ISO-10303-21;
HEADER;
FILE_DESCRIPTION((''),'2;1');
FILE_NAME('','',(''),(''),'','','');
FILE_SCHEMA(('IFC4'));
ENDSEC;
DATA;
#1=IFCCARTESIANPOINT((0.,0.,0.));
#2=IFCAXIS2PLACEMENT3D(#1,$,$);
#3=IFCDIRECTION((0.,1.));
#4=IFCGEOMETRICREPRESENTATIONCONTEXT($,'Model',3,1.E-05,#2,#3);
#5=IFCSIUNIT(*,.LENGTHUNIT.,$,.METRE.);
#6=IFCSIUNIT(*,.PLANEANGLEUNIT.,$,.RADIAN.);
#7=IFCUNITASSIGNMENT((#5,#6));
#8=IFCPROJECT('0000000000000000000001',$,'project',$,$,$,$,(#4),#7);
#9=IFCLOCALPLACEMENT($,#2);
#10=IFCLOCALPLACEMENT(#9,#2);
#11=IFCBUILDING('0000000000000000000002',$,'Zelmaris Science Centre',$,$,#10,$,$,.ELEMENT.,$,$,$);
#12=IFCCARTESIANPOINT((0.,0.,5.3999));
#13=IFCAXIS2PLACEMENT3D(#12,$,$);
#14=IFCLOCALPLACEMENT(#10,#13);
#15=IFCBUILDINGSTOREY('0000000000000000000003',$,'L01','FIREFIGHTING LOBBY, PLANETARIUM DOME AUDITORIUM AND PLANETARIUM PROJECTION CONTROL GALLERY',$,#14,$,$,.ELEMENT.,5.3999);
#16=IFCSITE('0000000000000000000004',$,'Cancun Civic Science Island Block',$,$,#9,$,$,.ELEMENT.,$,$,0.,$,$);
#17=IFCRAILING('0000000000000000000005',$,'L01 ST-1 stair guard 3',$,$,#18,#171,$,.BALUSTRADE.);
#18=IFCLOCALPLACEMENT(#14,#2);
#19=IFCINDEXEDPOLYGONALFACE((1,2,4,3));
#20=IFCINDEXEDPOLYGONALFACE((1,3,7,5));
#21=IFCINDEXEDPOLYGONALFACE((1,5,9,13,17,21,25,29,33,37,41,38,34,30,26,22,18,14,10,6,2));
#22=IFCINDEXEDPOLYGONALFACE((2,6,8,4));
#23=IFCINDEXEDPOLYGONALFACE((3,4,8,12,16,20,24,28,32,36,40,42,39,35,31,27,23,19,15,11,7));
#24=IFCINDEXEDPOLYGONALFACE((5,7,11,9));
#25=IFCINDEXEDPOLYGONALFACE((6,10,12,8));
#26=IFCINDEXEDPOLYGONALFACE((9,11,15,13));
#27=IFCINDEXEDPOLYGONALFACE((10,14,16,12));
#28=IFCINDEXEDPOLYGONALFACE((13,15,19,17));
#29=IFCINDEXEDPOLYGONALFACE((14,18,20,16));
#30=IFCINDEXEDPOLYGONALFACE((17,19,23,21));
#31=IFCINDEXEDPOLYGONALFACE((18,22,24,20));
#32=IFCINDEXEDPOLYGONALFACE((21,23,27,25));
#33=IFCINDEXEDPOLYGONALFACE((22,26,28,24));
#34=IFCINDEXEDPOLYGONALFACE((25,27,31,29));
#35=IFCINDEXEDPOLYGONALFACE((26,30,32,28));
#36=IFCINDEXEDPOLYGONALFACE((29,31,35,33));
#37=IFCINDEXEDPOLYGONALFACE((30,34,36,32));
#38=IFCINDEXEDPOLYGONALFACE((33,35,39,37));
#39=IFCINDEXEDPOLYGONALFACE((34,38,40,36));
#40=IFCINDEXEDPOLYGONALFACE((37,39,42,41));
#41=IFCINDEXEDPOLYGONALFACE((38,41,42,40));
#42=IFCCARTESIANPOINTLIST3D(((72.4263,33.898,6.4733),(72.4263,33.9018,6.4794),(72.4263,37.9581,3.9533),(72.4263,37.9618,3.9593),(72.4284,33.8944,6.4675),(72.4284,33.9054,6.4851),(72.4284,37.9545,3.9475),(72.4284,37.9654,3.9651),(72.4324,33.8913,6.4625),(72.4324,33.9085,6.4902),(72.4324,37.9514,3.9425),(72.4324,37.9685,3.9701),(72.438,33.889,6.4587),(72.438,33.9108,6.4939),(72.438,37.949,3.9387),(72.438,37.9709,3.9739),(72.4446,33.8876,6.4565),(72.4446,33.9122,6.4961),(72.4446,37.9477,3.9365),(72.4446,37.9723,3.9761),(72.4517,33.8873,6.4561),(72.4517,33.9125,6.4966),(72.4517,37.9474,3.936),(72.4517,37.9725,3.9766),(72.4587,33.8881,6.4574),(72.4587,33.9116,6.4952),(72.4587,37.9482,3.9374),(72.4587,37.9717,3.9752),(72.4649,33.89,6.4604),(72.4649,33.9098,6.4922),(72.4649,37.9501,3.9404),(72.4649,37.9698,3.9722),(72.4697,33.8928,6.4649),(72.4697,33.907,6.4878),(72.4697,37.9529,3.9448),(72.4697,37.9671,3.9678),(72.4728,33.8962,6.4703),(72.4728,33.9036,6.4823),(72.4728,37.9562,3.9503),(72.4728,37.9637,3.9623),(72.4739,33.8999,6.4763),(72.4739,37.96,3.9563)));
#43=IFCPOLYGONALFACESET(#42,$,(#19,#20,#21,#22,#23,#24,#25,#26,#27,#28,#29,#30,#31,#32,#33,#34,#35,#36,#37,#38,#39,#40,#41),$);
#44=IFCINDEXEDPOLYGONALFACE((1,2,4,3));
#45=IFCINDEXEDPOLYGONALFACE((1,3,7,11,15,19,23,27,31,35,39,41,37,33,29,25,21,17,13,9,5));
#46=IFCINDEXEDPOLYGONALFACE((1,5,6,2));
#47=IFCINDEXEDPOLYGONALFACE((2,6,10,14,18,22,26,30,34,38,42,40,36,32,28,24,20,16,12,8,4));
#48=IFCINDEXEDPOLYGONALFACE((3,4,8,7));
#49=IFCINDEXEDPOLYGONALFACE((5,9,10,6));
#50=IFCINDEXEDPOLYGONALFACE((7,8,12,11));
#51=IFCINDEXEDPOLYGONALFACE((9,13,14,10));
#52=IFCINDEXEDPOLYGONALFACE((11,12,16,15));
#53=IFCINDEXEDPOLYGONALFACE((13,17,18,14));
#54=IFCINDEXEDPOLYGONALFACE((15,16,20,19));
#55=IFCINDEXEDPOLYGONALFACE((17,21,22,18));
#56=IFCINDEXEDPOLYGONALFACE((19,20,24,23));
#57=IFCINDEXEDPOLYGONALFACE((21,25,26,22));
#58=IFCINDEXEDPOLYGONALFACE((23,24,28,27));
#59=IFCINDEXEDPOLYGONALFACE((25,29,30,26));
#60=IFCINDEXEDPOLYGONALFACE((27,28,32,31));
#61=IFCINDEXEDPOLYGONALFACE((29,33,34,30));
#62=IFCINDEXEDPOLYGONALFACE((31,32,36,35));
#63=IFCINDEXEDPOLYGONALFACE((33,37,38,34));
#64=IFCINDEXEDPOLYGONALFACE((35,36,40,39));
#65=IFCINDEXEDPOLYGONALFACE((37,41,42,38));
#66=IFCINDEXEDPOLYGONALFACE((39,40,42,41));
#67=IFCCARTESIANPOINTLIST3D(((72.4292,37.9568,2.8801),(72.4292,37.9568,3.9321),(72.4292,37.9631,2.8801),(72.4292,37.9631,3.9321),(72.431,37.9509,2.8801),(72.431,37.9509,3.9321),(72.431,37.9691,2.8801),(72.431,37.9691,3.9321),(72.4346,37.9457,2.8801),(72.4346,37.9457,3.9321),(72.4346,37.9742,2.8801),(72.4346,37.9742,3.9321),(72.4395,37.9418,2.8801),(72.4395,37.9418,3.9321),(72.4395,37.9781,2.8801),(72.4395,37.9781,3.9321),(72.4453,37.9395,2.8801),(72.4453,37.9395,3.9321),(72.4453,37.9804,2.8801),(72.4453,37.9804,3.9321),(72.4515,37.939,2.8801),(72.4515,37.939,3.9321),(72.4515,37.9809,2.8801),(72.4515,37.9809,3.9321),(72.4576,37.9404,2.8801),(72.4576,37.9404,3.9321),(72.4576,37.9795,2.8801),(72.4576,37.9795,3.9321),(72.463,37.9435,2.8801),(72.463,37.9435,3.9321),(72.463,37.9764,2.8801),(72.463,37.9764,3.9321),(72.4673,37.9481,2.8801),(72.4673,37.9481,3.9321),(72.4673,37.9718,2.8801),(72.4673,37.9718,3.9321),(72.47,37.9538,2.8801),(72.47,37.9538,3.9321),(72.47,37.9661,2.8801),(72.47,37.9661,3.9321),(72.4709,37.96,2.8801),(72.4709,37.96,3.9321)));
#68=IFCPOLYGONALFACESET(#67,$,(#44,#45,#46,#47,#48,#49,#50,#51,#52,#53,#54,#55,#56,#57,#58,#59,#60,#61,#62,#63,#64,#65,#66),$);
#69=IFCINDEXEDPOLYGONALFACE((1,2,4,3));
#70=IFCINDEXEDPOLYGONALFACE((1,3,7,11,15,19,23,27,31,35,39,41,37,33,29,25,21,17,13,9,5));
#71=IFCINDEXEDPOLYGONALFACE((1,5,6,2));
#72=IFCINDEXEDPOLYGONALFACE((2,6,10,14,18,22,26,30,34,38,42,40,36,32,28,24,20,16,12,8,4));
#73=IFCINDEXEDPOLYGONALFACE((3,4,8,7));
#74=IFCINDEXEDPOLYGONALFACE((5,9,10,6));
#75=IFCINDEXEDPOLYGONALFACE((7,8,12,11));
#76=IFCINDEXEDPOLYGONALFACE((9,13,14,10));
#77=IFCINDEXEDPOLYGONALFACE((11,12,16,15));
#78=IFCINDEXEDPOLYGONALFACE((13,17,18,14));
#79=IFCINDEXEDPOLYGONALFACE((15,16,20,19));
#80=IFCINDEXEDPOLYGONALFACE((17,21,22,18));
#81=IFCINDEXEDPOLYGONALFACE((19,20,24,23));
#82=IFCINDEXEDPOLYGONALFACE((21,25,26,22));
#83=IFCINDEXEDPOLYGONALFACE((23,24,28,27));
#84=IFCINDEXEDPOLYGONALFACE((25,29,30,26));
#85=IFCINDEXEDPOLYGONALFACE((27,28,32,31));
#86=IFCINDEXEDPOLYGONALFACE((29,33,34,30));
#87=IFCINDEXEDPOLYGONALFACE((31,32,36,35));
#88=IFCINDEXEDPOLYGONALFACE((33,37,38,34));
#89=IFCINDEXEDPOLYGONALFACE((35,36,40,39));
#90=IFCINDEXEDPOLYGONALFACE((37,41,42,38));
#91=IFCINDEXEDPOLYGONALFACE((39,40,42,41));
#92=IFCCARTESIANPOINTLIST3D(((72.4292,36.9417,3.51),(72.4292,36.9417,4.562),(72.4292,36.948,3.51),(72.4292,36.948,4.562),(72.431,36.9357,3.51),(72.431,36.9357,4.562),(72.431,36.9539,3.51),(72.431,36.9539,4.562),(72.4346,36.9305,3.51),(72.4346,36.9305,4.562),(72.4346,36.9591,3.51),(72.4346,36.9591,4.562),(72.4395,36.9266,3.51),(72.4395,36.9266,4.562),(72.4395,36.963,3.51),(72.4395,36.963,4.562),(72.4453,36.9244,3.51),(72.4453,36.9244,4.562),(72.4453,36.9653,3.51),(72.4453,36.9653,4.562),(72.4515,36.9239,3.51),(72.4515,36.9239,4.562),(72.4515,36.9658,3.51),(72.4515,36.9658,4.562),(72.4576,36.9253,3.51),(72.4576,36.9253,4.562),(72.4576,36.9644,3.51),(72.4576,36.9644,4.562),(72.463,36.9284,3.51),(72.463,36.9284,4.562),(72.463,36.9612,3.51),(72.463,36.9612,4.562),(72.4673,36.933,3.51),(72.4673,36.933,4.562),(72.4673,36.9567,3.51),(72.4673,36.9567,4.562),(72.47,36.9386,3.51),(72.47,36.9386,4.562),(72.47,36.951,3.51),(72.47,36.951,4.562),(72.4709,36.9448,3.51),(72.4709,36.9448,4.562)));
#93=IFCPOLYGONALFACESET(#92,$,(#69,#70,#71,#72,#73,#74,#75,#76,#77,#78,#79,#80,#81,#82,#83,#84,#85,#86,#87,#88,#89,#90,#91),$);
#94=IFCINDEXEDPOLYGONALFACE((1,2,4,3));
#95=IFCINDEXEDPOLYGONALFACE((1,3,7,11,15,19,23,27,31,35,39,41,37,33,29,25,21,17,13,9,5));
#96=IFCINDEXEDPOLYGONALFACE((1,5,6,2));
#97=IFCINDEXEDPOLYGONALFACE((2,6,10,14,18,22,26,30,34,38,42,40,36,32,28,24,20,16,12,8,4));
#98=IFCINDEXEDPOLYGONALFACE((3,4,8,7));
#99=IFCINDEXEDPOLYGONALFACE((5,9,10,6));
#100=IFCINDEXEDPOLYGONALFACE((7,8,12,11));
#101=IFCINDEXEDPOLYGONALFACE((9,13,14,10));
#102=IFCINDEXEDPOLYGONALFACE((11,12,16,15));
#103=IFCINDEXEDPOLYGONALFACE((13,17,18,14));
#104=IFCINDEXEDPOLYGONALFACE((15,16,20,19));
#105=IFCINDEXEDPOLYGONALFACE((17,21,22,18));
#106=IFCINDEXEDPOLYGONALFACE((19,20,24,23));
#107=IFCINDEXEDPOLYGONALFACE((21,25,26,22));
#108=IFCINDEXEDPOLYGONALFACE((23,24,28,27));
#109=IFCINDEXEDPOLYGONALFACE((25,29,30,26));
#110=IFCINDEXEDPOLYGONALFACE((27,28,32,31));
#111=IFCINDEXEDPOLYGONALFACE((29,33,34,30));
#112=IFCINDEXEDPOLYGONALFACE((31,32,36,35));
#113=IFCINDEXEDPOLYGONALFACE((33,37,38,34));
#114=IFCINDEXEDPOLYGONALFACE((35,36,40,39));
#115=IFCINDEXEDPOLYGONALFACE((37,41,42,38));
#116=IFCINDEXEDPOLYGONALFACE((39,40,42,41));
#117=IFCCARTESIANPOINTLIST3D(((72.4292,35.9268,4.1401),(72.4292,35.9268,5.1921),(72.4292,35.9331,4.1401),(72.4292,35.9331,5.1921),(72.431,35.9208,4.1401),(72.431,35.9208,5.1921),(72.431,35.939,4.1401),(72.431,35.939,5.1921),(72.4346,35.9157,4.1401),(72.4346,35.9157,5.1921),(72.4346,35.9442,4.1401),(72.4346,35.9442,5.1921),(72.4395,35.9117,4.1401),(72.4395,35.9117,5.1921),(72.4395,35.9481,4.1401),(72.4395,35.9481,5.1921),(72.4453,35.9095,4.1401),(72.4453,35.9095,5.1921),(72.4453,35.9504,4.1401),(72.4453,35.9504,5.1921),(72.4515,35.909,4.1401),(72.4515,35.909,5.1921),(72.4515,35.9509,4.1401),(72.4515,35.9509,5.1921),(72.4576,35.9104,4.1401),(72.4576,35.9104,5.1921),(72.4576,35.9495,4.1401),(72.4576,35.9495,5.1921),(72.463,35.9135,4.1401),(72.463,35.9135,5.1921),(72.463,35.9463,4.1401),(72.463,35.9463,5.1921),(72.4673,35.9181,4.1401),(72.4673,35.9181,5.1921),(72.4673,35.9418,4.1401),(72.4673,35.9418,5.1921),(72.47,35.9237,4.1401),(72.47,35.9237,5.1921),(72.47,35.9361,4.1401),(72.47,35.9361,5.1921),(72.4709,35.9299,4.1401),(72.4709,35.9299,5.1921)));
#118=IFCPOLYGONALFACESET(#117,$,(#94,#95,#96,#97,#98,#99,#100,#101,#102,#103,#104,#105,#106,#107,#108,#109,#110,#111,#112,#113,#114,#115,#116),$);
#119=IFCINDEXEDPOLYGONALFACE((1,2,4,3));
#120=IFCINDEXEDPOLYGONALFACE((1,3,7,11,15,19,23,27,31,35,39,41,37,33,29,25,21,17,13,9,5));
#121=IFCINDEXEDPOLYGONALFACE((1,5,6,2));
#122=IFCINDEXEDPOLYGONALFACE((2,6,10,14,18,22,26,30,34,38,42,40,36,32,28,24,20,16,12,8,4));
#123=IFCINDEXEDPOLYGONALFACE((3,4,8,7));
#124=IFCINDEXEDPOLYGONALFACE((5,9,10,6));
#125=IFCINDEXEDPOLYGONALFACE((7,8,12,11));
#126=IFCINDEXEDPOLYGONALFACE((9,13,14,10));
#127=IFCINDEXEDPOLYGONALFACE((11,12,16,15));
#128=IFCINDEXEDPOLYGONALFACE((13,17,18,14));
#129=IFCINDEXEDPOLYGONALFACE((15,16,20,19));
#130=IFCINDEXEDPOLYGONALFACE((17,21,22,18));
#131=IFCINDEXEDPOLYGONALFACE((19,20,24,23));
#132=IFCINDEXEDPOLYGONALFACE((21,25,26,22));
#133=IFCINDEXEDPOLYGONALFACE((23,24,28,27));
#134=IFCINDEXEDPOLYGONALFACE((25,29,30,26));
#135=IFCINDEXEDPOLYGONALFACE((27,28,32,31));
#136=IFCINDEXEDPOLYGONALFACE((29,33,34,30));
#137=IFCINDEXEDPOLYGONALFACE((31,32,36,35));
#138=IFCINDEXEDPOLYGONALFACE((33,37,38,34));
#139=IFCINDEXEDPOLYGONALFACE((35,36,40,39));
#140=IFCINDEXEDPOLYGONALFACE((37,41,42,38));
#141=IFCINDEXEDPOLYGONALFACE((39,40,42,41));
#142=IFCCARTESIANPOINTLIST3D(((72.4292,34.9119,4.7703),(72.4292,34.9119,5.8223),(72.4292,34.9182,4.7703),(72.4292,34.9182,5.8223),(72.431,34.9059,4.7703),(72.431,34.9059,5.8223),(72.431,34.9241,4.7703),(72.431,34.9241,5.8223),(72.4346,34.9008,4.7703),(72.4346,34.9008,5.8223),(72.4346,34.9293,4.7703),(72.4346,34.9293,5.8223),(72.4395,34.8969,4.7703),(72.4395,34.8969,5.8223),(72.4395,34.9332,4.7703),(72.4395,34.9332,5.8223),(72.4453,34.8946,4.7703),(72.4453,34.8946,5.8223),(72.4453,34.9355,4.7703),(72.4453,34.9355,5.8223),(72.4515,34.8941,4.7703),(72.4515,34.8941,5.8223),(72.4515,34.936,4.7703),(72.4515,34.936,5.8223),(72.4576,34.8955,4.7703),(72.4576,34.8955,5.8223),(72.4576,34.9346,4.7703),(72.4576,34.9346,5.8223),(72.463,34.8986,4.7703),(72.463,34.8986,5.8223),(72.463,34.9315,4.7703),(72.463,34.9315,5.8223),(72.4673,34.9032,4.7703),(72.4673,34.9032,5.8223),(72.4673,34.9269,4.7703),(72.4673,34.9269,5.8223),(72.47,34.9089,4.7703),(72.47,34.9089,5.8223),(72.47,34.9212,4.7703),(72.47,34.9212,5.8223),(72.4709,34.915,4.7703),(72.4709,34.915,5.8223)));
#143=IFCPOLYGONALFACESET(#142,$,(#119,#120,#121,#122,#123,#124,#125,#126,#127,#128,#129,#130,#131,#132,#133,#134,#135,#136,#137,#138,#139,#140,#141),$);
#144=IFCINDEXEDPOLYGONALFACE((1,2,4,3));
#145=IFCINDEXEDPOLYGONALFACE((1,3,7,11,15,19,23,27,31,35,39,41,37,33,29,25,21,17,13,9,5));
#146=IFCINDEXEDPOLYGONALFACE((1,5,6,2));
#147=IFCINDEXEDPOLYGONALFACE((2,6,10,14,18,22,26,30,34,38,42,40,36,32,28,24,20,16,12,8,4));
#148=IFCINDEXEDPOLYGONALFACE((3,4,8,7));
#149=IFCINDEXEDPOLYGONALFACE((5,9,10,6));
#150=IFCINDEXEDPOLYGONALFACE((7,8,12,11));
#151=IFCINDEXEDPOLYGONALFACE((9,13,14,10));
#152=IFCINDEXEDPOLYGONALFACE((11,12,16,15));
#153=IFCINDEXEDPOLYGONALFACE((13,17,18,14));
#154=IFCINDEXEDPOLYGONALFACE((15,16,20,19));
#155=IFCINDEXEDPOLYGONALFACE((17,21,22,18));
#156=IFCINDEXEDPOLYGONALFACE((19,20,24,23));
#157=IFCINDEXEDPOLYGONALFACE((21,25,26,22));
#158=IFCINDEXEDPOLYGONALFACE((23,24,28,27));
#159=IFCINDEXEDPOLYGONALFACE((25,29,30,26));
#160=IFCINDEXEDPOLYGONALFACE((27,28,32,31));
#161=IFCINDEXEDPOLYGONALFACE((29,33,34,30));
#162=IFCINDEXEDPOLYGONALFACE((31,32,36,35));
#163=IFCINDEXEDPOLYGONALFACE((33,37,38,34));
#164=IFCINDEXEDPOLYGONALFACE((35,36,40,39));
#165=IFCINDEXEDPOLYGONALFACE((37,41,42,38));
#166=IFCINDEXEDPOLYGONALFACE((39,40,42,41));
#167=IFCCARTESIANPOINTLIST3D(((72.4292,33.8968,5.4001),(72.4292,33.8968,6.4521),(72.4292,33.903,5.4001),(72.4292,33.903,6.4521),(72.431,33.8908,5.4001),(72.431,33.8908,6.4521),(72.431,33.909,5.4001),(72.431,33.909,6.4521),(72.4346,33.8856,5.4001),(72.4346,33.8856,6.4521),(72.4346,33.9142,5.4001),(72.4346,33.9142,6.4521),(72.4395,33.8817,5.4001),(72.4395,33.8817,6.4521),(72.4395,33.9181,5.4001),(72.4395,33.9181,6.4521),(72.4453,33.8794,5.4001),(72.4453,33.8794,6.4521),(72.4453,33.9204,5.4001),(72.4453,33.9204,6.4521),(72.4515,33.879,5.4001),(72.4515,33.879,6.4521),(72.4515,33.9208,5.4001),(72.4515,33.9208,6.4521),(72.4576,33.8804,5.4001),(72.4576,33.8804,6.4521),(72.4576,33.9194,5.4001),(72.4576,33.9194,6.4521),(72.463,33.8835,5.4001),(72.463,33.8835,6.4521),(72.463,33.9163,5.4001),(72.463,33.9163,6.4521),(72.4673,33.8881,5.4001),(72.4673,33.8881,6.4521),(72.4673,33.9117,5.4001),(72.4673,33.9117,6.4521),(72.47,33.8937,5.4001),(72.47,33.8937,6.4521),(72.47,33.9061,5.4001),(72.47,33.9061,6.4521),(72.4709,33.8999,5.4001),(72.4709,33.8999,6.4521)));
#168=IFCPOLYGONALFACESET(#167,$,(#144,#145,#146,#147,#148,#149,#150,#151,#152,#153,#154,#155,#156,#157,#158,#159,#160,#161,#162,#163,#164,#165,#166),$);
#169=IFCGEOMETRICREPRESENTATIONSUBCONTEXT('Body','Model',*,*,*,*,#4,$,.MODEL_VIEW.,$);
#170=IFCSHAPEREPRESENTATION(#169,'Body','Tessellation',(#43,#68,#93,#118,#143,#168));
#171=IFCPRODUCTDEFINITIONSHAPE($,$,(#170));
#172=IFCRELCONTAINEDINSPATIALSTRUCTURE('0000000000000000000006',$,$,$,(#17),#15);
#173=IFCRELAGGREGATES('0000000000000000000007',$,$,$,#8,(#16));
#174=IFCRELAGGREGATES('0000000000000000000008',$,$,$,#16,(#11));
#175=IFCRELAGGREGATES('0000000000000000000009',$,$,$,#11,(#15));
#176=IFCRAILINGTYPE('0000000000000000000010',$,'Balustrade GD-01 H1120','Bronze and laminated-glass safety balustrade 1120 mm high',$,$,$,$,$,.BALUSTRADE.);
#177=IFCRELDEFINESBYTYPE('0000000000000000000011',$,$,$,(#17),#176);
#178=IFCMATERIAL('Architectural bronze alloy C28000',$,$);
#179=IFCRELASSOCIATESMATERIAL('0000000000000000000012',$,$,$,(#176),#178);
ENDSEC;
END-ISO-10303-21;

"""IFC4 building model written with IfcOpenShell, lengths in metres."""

from ifc_helpers import new_model, si_unit, direction, frame, origin, origin_2d, place, context, subcontext, project, spatial, circle, extrude, material, type_object, element, save


model = new_model("IFC4")

# Units and contexts
model_context = context("Model", 3, precision=1e-05, world=origin(), true_north=direction((0.0, 1.0)))
body_context = subcontext(model_context, "Body", "Model", "MODEL_VIEW")
ifc_project = project(units=[si_unit("LENGTHUNIT", "METRE"), si_unit("PLANEANGLEUNIT", "RADIAN")], contexts=[model_context])

# Site, building, storey
site_placement = place(None, origin())
site = spatial("IfcSite", under=ifc_project, at=site_placement, Name="Cancun Civic Science Island Block", CompositionType="ELEMENT", RefElevation=0.0)
building_placement = place(site_placement, origin())
building = spatial("IfcBuilding", under=site, at=building_placement, Name="Zelmaris Science Centre", CompositionType="ELEMENT")
storey_placement = place(building_placement, frame((0.0, 0.0, 5.3999)))
storey = spatial("IfcBuildingStorey", under=building, at=storey_placement, Name="L01", Description="FIREFIGHTING LOBBY, PLANETARIUM DOME AUDITORIUM AND PLANETARIUM PROJECTION CONTROL GALLERY", CompositionType="ELEMENT", Elevation=5.3999)

# Railing
ifc_material_1 = material(Name="Architectural bronze alloy C28000")
railing_type_1 = type_object("IfcRailingType", Name="Balustrade GD-01 H1120", Description="Bronze and laminated-glass safety balustrade 1120 mm high", PredefinedType="BALUSTRADE", material=ifc_material_1)
railing_1_placement = place(storey_placement, frame((72.45, 37.96, 2.8801)))
element("IfcRailing", 1, at=railing_1_placement, inside=storey, type_object=railing_type_1, Name="L01 ST-1 stair guard 3", PredefinedType="BALUSTRADE", context=body_context, shape_type="SweptSolid", body=[
    extrude(circle(Radius=0.0239, at=origin_2d()), frame((0.0, 0.0, 1.0762), z_axis=(0.0, -0.849642, 0.52736), x_axis=(1.0, 0.0, 0.0)), (0.0, 0.0, 1.0), 4.7786),
    extrude(circle(Radius=0.021, at=origin_2d()), origin(), (0.0, 0.0, 1.0), 1.052),
    extrude(circle(Radius=0.021, at=origin_2d()), frame((0.0, -1.0151, 0.6299)), (0.0, 0.0, 1.0), 1.052),
    extrude(circle(Radius=0.021, at=origin_2d()), frame((0.0, -2.03, 1.26)), (0.0, 0.0, 1.0), 1.052),
    extrude(circle(Radius=0.021, at=origin_2d()), frame((0.0, -3.0449, 1.8901)), (0.0, 0.0, 1.0), 1.052),
    extrude(circle(Radius=0.021, at=origin_2d()), frame((0.0, -4.0601, 2.52)), (0.0, 0.0, 1.0), 1.052),
])

save(model, "model.ifc")
